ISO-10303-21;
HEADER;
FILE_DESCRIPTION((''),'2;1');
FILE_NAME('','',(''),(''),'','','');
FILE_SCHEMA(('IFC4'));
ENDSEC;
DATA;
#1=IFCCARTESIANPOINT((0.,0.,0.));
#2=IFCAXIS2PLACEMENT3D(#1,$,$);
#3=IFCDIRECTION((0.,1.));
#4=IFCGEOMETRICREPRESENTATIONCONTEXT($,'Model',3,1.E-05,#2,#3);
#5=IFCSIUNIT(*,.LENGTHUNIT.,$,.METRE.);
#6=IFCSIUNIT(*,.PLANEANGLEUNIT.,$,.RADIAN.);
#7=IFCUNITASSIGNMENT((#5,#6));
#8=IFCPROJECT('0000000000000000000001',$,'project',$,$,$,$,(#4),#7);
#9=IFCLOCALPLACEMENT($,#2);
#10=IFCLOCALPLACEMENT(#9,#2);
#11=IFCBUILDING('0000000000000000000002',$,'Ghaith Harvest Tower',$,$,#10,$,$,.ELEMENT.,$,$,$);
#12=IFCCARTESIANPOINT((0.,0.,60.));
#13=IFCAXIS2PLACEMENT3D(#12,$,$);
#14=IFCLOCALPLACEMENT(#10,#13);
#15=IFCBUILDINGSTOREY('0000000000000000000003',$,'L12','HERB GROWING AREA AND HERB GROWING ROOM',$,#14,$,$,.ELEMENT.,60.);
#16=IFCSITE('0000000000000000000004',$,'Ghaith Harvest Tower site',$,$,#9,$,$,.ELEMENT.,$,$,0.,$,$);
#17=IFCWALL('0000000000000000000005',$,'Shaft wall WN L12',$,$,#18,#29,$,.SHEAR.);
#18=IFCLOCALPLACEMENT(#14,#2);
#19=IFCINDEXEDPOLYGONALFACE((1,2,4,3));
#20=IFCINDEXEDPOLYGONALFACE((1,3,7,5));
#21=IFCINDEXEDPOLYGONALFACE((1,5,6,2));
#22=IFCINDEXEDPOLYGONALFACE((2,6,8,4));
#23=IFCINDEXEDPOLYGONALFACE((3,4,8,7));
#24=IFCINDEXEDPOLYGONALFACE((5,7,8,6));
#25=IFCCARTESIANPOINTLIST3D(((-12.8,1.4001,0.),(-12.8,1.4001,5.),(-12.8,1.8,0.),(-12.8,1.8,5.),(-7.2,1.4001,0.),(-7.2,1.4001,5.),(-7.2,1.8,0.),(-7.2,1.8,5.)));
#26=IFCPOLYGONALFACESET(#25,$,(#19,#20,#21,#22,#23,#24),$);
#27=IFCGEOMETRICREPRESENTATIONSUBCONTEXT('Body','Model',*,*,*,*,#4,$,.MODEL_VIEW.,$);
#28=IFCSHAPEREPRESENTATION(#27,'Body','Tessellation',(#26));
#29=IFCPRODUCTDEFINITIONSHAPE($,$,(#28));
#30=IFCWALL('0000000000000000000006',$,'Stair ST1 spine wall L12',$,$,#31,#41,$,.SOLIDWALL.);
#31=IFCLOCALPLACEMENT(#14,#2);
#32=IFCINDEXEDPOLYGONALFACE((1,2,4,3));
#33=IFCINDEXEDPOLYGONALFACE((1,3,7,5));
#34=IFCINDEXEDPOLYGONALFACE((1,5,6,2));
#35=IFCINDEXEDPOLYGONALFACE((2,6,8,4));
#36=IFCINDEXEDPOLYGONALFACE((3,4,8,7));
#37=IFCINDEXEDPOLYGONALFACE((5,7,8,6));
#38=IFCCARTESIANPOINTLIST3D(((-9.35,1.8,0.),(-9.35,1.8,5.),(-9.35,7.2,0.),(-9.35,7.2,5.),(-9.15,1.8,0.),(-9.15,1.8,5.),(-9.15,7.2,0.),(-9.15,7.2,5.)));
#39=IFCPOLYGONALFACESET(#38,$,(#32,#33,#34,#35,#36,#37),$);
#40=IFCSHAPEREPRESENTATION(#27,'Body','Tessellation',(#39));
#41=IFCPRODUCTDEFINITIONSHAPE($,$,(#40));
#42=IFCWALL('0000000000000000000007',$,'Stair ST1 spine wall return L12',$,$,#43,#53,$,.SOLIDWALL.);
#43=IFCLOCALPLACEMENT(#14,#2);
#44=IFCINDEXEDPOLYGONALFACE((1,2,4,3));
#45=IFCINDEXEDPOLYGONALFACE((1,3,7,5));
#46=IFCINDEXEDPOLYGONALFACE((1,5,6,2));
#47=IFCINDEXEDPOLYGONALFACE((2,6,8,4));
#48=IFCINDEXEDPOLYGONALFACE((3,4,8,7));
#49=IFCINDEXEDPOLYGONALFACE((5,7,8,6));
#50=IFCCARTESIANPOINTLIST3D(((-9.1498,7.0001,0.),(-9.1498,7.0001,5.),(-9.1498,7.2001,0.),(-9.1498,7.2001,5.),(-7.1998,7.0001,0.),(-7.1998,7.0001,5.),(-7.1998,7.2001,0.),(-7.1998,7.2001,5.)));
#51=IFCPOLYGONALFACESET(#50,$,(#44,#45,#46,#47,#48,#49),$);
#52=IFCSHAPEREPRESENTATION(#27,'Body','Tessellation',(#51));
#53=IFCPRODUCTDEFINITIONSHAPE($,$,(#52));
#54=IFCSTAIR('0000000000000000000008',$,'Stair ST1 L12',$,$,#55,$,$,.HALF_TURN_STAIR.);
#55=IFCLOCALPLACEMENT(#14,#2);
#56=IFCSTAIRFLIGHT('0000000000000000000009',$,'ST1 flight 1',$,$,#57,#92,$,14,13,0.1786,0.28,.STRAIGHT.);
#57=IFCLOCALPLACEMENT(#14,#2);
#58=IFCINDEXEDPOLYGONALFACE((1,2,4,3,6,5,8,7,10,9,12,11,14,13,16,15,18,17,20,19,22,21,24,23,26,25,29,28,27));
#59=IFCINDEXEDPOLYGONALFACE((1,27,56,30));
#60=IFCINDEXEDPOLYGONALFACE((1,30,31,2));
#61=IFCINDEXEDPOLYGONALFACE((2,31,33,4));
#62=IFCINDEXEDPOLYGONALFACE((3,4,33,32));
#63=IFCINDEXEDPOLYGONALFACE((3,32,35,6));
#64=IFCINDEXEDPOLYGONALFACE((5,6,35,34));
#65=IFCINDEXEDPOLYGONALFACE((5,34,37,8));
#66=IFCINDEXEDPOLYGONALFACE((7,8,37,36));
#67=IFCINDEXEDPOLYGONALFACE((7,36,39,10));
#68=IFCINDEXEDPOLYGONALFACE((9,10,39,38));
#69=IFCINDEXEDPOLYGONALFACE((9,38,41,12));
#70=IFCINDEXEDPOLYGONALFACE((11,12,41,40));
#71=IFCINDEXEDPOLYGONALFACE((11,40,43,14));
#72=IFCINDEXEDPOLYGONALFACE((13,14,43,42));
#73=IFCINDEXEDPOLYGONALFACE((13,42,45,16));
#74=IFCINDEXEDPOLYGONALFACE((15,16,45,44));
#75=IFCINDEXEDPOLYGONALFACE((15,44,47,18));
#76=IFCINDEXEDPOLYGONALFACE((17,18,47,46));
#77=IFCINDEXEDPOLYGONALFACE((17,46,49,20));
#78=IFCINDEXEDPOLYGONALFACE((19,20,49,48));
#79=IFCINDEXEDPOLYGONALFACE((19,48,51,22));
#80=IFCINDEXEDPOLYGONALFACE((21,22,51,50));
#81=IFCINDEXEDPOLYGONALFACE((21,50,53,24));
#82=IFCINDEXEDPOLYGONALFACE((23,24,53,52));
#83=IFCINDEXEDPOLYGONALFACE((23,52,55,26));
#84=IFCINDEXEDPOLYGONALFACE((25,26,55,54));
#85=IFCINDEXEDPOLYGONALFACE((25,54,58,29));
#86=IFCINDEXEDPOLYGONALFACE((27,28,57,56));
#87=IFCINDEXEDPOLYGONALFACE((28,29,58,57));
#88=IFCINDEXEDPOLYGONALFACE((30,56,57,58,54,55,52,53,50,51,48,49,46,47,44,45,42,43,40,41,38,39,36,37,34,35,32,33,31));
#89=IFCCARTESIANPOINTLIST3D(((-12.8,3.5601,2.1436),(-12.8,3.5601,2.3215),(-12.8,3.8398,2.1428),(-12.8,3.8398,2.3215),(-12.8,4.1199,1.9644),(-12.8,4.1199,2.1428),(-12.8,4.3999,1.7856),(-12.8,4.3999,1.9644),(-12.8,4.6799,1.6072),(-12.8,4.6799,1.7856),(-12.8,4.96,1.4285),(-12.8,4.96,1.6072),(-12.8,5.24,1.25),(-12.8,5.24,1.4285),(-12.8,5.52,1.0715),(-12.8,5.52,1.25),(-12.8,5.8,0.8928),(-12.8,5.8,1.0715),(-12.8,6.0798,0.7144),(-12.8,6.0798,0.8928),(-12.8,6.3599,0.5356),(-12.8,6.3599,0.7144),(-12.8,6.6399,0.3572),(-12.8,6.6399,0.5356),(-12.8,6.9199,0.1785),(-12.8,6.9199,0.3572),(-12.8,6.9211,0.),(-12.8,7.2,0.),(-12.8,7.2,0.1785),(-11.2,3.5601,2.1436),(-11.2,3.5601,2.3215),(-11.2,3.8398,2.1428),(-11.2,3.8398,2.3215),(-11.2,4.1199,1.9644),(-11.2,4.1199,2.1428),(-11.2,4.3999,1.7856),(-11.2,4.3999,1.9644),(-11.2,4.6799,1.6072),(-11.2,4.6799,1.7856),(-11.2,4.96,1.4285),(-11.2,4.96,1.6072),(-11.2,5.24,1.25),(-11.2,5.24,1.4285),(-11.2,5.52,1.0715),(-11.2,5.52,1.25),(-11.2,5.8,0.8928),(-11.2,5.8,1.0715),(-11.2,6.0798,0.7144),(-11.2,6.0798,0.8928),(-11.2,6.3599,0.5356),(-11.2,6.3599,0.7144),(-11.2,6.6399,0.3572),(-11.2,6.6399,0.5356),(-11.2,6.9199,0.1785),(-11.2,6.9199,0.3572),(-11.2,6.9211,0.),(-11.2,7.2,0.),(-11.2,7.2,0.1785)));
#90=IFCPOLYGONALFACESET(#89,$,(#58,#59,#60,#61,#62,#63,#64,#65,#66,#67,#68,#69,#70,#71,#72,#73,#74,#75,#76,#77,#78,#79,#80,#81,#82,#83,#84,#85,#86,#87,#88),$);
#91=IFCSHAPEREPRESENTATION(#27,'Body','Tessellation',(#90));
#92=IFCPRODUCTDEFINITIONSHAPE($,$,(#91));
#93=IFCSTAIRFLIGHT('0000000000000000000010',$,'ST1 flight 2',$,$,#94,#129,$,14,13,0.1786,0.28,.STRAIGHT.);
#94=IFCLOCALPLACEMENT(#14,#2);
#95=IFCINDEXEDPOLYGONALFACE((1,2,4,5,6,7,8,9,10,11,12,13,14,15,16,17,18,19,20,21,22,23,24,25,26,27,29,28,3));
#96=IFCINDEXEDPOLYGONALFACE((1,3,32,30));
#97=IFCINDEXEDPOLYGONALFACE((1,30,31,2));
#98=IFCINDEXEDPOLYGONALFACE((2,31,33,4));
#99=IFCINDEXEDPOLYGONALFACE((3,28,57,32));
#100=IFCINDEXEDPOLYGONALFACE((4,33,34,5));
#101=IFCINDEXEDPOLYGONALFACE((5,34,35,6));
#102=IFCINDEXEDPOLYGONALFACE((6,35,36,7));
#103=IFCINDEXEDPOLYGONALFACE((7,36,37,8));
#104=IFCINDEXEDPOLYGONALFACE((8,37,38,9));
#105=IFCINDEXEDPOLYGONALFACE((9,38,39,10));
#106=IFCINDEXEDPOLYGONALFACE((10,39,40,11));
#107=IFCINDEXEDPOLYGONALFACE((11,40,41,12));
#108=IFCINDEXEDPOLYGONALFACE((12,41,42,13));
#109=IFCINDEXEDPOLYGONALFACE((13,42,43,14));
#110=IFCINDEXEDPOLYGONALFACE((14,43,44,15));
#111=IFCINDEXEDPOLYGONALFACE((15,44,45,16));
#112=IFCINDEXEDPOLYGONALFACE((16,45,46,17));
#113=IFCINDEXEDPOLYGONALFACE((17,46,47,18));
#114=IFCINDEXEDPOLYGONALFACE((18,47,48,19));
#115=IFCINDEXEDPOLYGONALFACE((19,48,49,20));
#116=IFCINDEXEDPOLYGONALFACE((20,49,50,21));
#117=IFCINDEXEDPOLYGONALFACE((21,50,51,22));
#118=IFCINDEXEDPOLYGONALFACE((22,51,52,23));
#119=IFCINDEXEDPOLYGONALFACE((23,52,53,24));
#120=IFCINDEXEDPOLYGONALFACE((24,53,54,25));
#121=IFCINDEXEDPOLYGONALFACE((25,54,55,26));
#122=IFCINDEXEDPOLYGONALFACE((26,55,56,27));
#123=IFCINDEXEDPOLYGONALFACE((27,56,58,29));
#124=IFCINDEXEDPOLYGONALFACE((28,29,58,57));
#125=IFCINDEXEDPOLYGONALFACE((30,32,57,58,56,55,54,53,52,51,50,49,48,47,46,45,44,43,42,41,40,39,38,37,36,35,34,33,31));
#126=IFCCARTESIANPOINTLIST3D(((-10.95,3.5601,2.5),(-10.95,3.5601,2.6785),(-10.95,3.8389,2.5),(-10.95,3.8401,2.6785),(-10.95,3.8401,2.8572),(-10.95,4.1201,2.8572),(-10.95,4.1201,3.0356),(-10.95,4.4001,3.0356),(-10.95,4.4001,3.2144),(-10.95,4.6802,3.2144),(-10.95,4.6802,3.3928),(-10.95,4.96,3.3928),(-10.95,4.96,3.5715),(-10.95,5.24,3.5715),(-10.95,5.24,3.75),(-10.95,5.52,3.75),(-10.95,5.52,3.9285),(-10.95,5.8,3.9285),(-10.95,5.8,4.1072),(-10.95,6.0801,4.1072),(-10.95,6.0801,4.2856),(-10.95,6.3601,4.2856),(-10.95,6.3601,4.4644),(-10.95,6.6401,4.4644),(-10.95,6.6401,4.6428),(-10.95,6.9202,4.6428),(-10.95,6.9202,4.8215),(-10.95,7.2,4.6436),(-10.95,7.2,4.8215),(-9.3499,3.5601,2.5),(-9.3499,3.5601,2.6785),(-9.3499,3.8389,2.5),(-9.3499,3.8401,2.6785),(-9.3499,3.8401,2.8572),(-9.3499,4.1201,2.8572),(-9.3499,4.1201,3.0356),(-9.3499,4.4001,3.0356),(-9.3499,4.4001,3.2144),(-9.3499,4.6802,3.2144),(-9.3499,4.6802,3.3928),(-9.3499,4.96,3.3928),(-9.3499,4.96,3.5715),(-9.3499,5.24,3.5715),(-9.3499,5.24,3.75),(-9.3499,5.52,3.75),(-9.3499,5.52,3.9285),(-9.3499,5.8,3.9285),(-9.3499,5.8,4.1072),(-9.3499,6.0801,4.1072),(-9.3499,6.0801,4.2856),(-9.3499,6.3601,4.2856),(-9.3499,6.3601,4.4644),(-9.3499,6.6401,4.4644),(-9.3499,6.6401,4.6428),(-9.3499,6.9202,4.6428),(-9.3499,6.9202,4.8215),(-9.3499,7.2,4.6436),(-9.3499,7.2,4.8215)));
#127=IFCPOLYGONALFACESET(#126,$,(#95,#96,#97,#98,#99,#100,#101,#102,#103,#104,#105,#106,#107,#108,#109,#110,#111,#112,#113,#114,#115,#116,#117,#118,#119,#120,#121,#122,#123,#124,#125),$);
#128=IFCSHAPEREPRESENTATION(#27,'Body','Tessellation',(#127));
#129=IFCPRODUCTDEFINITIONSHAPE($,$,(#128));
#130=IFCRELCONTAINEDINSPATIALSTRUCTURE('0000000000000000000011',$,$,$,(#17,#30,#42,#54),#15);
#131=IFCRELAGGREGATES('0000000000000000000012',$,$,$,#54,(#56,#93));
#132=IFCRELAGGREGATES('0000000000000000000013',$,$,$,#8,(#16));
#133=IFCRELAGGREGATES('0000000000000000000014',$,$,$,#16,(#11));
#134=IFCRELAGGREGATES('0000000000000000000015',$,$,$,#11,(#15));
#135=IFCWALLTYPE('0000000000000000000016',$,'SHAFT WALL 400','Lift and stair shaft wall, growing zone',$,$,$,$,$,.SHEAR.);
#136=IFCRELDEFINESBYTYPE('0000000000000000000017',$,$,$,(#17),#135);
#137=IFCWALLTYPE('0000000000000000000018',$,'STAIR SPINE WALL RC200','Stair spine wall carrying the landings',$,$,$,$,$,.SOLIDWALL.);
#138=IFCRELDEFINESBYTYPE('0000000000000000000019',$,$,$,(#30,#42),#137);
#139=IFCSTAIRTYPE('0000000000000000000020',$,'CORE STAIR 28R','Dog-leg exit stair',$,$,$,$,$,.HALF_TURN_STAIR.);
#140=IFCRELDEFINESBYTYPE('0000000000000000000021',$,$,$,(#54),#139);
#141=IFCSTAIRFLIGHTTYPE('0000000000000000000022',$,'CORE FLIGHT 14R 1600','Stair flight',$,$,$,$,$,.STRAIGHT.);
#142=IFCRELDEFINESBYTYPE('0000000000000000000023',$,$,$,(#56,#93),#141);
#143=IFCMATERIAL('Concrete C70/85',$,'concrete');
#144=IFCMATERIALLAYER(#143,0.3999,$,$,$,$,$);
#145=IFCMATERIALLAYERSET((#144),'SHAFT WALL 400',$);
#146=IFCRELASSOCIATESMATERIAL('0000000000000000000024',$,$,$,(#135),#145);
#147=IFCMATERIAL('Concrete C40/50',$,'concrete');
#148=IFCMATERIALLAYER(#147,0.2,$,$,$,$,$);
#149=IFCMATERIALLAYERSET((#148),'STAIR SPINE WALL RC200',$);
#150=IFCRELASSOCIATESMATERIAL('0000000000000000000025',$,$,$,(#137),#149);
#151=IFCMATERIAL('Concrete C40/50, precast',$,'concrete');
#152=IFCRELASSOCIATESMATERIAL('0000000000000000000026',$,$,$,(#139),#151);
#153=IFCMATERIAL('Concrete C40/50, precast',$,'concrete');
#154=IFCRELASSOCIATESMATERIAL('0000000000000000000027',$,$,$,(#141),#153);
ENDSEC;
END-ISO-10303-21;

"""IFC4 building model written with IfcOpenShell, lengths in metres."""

from ifc_helpers import new_model, si_unit, direction, frame, frame_2d, origin, place, context, subcontext, project, spatial, polyline, rectangle, outline, extrude, material, layer, layer_set, type_object, element, aggregate, save


model = new_model("IFC4")

# Units and contexts
model_context = context("Model", 3, precision=1e-05, world=origin(), true_north=direction((0.0, 1.0)))
body_context = subcontext(model_context, "Body", "Model", "MODEL_VIEW")
ifc_project = project(units=[si_unit("LENGTHUNIT", "METRE"), si_unit("PLANEANGLEUNIT", "RADIAN")], contexts=[model_context])

# Site, building, storey
site_placement = place(None, origin())
site = spatial("IfcSite", under=ifc_project, at=site_placement, Name="Ghaith Harvest Tower site", CompositionType="ELEMENT", RefElevation=0.0)
building_placement = place(site_placement, origin())
building = spatial("IfcBuilding", under=site, at=building_placement, Name="Ghaith Harvest Tower", CompositionType="ELEMENT")
storey_placement = place(building_placement, frame((0.0, 0.0, 60.0)))
storey = spatial("IfcBuildingStorey", under=building, at=storey_placement, Name="L12", Description="HERB GROWING AREA AND HERB GROWING ROOM", CompositionType="ELEMENT", Elevation=60.0)

# Shared definitions
ifc_material_1 = material(Name="Concrete C70/85", Category="concrete")
ifc_layer_1 = layer(ifc_material_1, 0.3999)
ifc_layer_set_1 = layer_set([ifc_layer_1], Name="SHAFT WALL 400")
wall_type_1 = type_object("IfcWallType", Name="SHAFT WALL 400", Description="Lift and stair shaft wall, growing zone", PredefinedType="SHEAR", material=ifc_layer_set_1)

# Walls
wall_1_placement = place(storey_placement, frame((-12.8, 1.6001, 0.0), z_axis=(0.0, 0.0, 1.0), x_axis=(1.0, 0.0, 0.0)))
element("IfcWall", 1, at=wall_1_placement, inside=storey, type_object=wall_type_1, Name="Shaft wall WN L12", PredefinedType="SHEAR", context=body_context, shape_type="SweptSolid", body=[
    extrude(rectangle(XDim=5.6001, YDim=0.3999, at=frame_2d((2.8, 0.0))), origin(), (0.0, 0.0, 1.0), 5.0),
])
ifc_material_2 = material(Name="Concrete C40/50", Category="concrete")
ifc_layer_2 = layer(ifc_material_2, 0.2)
ifc_layer_set_2 = layer_set([ifc_layer_2], Name="STAIR SPINE WALL RC200")
wall_type_2 = type_object("IfcWallType", Name="STAIR SPINE WALL RC200", Description="Stair spine wall carrying the landings", PredefinedType="SOLIDWALL", material=ifc_layer_set_2)
wall_2_placement = place(storey_placement, frame((-9.25, 7.2, 0.0), z_axis=(0.0, 0.0, 1.0), x_axis=(0.0, -1.0, 0.0)))
element("IfcWall", 2, at=wall_2_placement, inside=storey, type_object=wall_type_2, Name="Stair ST1 spine wall L12", PredefinedType="SOLIDWALL", context=body_context, shape_type="SweptSolid", body=[
    extrude(rectangle(XDim=5.3999, YDim=0.2, at=frame_2d((2.7, 0.0))), origin(), (0.0, 0.0, 1.0), 5.0),
])
wall_3_placement = place(storey_placement, frame((-9.1499, 7.1001, 0.0), z_axis=(0.0, 0.0, 1.0), x_axis=(1.0, 0.0, 0.0)))
element("IfcWall", 3, at=wall_3_placement, inside=storey, type_object=wall_type_2, Name="Stair ST1 spine wall return L12", PredefinedType="SOLIDWALL", context=body_context, shape_type="SweptSolid", body=[
    extrude(rectangle(XDim=1.95, YDim=0.2, at=frame_2d((0.9751, 0.0))), origin(), (0.0, 0.0, 1.0), 5.0),
])

# Stair, stair flights
ifc_material_3 = material(Name="Concrete C40/50, precast", Category="concrete")
stair_type = type_object("IfcStairType", Name="CORE STAIR 28R", Description="Dog-leg exit stair", PredefinedType="HALF_TURN_STAIR", material=ifc_material_3)
stair_placement = place(storey_placement, origin())
stair = element("IfcStair", 4, at=stair_placement, inside=storey, type_object=stair_type, Name="Stair ST1 L12", PredefinedType="HALF_TURN_STAIR")
ifc_material_4 = material(Name="Concrete C40/50, precast", Category="concrete")
stair_flight_type = type_object("IfcStairFlightType", Name="CORE FLIGHT 14R 1600", Description="Stair flight", PredefinedType="STRAIGHT", material=ifc_material_4)
stair_flight_1_placement = place(storey_placement, frame((-12.0, 7.2, 0.0), z_axis=(0.0, 0.0, 1.0), x_axis=(0.0, -1.0, 0.0)))
stair_flight_1 = element("IfcStairFlight", 5, at=stair_flight_1_placement, type_object=stair_flight_type, Name="ST1 flight 1", NumberOfRisers=14, NumberOfTreads=13, PredefinedType="STRAIGHT", RiserHeight=0.1786, TreadLength=0.28, context=body_context, shape_type="SweptSolid", body=[
    extrude(outline(polyline([(0.0, 0.0), (0.0, 0.1785), (0.28, 0.1785), (0.28, 0.3572), (0.5601, 0.3572), (0.5601, 0.5356), (0.8401, 0.5356), (0.8401, 0.7144), (1.1201, 0.7144), (1.1201, 0.8928), (1.3999, 0.8928), (1.3999, 1.0715), (1.6799, 1.0715), (1.6799, 1.25), (1.96, 1.25), (1.96, 1.4285), (2.24, 1.4285), (2.24, 1.6072), (2.52, 1.6072), (2.52, 1.7856), (2.8, 1.7856), (2.8, 1.9644), (3.0801, 1.9644), (3.0801, 2.1428), (3.3601, 2.1428), (3.3601, 2.3215), (3.6399, 2.3215), (3.6399, 2.5), (3.6399, 2.1436), (0.2788, 0.0), (0.0, 0.0)])), frame((0.0, 0.8, 0.0), z_axis=(0.0, -1.0, 0.0), x_axis=(1.0, 0.0, 0.0)), (0.0, 0.0, 1.0), 1.6001),
])
stair_flight_2_placement = place(storey_placement, frame((-10.1499, 3.5601, 2.5), z_axis=(0.0, 0.0, 1.0), x_axis=(0.0, 1.0, 0.0)))
stair_flight_2 = element("IfcStairFlight", 6, at=stair_flight_2_placement, type_object=stair_flight_type, Name="ST1 flight 2", NumberOfRisers=14, NumberOfTreads=13, PredefinedType="STRAIGHT", RiserHeight=0.1786, TreadLength=0.28, context=body_context, shape_type="SweptSolid", body=[
    extrude(outline(polyline([(0.0, 0.0), (0.0, 0.1785), (0.28, 0.1785), (0.28, 0.3572), (0.5601, 0.3572), (0.5601, 0.5356), (0.8401, 0.5356), (0.8401, 0.7144), (1.1201, 0.7144), (1.1201, 0.8928), (1.3999, 0.8928), (1.3999, 1.0715), (1.6799, 1.0715), (1.6799, 1.25), (1.96, 1.25), (1.96, 1.4285), (2.24, 1.4285), (2.24, 1.6072), (2.52, 1.6072), (2.52, 1.7856), (2.8, 1.7856), (2.8, 1.9644), (3.0801, 1.9644), (3.0801, 2.1428), (3.3601, 2.1428), (3.3601, 2.3215), (3.6399, 2.3215), (3.6399, 2.5), (3.6399, 2.1436), (0.2788, 0.0), (0.0, 0.0)])), frame((0.0, 0.8, 0.0), z_axis=(0.0, -1.0, 0.0), x_axis=(1.0, 0.0, 0.0)), (0.0, 0.0, 1.0), 1.6001),
])
aggregate(stair, [stair_flight_1, stair_flight_2])

save(model, "model.ifc")
